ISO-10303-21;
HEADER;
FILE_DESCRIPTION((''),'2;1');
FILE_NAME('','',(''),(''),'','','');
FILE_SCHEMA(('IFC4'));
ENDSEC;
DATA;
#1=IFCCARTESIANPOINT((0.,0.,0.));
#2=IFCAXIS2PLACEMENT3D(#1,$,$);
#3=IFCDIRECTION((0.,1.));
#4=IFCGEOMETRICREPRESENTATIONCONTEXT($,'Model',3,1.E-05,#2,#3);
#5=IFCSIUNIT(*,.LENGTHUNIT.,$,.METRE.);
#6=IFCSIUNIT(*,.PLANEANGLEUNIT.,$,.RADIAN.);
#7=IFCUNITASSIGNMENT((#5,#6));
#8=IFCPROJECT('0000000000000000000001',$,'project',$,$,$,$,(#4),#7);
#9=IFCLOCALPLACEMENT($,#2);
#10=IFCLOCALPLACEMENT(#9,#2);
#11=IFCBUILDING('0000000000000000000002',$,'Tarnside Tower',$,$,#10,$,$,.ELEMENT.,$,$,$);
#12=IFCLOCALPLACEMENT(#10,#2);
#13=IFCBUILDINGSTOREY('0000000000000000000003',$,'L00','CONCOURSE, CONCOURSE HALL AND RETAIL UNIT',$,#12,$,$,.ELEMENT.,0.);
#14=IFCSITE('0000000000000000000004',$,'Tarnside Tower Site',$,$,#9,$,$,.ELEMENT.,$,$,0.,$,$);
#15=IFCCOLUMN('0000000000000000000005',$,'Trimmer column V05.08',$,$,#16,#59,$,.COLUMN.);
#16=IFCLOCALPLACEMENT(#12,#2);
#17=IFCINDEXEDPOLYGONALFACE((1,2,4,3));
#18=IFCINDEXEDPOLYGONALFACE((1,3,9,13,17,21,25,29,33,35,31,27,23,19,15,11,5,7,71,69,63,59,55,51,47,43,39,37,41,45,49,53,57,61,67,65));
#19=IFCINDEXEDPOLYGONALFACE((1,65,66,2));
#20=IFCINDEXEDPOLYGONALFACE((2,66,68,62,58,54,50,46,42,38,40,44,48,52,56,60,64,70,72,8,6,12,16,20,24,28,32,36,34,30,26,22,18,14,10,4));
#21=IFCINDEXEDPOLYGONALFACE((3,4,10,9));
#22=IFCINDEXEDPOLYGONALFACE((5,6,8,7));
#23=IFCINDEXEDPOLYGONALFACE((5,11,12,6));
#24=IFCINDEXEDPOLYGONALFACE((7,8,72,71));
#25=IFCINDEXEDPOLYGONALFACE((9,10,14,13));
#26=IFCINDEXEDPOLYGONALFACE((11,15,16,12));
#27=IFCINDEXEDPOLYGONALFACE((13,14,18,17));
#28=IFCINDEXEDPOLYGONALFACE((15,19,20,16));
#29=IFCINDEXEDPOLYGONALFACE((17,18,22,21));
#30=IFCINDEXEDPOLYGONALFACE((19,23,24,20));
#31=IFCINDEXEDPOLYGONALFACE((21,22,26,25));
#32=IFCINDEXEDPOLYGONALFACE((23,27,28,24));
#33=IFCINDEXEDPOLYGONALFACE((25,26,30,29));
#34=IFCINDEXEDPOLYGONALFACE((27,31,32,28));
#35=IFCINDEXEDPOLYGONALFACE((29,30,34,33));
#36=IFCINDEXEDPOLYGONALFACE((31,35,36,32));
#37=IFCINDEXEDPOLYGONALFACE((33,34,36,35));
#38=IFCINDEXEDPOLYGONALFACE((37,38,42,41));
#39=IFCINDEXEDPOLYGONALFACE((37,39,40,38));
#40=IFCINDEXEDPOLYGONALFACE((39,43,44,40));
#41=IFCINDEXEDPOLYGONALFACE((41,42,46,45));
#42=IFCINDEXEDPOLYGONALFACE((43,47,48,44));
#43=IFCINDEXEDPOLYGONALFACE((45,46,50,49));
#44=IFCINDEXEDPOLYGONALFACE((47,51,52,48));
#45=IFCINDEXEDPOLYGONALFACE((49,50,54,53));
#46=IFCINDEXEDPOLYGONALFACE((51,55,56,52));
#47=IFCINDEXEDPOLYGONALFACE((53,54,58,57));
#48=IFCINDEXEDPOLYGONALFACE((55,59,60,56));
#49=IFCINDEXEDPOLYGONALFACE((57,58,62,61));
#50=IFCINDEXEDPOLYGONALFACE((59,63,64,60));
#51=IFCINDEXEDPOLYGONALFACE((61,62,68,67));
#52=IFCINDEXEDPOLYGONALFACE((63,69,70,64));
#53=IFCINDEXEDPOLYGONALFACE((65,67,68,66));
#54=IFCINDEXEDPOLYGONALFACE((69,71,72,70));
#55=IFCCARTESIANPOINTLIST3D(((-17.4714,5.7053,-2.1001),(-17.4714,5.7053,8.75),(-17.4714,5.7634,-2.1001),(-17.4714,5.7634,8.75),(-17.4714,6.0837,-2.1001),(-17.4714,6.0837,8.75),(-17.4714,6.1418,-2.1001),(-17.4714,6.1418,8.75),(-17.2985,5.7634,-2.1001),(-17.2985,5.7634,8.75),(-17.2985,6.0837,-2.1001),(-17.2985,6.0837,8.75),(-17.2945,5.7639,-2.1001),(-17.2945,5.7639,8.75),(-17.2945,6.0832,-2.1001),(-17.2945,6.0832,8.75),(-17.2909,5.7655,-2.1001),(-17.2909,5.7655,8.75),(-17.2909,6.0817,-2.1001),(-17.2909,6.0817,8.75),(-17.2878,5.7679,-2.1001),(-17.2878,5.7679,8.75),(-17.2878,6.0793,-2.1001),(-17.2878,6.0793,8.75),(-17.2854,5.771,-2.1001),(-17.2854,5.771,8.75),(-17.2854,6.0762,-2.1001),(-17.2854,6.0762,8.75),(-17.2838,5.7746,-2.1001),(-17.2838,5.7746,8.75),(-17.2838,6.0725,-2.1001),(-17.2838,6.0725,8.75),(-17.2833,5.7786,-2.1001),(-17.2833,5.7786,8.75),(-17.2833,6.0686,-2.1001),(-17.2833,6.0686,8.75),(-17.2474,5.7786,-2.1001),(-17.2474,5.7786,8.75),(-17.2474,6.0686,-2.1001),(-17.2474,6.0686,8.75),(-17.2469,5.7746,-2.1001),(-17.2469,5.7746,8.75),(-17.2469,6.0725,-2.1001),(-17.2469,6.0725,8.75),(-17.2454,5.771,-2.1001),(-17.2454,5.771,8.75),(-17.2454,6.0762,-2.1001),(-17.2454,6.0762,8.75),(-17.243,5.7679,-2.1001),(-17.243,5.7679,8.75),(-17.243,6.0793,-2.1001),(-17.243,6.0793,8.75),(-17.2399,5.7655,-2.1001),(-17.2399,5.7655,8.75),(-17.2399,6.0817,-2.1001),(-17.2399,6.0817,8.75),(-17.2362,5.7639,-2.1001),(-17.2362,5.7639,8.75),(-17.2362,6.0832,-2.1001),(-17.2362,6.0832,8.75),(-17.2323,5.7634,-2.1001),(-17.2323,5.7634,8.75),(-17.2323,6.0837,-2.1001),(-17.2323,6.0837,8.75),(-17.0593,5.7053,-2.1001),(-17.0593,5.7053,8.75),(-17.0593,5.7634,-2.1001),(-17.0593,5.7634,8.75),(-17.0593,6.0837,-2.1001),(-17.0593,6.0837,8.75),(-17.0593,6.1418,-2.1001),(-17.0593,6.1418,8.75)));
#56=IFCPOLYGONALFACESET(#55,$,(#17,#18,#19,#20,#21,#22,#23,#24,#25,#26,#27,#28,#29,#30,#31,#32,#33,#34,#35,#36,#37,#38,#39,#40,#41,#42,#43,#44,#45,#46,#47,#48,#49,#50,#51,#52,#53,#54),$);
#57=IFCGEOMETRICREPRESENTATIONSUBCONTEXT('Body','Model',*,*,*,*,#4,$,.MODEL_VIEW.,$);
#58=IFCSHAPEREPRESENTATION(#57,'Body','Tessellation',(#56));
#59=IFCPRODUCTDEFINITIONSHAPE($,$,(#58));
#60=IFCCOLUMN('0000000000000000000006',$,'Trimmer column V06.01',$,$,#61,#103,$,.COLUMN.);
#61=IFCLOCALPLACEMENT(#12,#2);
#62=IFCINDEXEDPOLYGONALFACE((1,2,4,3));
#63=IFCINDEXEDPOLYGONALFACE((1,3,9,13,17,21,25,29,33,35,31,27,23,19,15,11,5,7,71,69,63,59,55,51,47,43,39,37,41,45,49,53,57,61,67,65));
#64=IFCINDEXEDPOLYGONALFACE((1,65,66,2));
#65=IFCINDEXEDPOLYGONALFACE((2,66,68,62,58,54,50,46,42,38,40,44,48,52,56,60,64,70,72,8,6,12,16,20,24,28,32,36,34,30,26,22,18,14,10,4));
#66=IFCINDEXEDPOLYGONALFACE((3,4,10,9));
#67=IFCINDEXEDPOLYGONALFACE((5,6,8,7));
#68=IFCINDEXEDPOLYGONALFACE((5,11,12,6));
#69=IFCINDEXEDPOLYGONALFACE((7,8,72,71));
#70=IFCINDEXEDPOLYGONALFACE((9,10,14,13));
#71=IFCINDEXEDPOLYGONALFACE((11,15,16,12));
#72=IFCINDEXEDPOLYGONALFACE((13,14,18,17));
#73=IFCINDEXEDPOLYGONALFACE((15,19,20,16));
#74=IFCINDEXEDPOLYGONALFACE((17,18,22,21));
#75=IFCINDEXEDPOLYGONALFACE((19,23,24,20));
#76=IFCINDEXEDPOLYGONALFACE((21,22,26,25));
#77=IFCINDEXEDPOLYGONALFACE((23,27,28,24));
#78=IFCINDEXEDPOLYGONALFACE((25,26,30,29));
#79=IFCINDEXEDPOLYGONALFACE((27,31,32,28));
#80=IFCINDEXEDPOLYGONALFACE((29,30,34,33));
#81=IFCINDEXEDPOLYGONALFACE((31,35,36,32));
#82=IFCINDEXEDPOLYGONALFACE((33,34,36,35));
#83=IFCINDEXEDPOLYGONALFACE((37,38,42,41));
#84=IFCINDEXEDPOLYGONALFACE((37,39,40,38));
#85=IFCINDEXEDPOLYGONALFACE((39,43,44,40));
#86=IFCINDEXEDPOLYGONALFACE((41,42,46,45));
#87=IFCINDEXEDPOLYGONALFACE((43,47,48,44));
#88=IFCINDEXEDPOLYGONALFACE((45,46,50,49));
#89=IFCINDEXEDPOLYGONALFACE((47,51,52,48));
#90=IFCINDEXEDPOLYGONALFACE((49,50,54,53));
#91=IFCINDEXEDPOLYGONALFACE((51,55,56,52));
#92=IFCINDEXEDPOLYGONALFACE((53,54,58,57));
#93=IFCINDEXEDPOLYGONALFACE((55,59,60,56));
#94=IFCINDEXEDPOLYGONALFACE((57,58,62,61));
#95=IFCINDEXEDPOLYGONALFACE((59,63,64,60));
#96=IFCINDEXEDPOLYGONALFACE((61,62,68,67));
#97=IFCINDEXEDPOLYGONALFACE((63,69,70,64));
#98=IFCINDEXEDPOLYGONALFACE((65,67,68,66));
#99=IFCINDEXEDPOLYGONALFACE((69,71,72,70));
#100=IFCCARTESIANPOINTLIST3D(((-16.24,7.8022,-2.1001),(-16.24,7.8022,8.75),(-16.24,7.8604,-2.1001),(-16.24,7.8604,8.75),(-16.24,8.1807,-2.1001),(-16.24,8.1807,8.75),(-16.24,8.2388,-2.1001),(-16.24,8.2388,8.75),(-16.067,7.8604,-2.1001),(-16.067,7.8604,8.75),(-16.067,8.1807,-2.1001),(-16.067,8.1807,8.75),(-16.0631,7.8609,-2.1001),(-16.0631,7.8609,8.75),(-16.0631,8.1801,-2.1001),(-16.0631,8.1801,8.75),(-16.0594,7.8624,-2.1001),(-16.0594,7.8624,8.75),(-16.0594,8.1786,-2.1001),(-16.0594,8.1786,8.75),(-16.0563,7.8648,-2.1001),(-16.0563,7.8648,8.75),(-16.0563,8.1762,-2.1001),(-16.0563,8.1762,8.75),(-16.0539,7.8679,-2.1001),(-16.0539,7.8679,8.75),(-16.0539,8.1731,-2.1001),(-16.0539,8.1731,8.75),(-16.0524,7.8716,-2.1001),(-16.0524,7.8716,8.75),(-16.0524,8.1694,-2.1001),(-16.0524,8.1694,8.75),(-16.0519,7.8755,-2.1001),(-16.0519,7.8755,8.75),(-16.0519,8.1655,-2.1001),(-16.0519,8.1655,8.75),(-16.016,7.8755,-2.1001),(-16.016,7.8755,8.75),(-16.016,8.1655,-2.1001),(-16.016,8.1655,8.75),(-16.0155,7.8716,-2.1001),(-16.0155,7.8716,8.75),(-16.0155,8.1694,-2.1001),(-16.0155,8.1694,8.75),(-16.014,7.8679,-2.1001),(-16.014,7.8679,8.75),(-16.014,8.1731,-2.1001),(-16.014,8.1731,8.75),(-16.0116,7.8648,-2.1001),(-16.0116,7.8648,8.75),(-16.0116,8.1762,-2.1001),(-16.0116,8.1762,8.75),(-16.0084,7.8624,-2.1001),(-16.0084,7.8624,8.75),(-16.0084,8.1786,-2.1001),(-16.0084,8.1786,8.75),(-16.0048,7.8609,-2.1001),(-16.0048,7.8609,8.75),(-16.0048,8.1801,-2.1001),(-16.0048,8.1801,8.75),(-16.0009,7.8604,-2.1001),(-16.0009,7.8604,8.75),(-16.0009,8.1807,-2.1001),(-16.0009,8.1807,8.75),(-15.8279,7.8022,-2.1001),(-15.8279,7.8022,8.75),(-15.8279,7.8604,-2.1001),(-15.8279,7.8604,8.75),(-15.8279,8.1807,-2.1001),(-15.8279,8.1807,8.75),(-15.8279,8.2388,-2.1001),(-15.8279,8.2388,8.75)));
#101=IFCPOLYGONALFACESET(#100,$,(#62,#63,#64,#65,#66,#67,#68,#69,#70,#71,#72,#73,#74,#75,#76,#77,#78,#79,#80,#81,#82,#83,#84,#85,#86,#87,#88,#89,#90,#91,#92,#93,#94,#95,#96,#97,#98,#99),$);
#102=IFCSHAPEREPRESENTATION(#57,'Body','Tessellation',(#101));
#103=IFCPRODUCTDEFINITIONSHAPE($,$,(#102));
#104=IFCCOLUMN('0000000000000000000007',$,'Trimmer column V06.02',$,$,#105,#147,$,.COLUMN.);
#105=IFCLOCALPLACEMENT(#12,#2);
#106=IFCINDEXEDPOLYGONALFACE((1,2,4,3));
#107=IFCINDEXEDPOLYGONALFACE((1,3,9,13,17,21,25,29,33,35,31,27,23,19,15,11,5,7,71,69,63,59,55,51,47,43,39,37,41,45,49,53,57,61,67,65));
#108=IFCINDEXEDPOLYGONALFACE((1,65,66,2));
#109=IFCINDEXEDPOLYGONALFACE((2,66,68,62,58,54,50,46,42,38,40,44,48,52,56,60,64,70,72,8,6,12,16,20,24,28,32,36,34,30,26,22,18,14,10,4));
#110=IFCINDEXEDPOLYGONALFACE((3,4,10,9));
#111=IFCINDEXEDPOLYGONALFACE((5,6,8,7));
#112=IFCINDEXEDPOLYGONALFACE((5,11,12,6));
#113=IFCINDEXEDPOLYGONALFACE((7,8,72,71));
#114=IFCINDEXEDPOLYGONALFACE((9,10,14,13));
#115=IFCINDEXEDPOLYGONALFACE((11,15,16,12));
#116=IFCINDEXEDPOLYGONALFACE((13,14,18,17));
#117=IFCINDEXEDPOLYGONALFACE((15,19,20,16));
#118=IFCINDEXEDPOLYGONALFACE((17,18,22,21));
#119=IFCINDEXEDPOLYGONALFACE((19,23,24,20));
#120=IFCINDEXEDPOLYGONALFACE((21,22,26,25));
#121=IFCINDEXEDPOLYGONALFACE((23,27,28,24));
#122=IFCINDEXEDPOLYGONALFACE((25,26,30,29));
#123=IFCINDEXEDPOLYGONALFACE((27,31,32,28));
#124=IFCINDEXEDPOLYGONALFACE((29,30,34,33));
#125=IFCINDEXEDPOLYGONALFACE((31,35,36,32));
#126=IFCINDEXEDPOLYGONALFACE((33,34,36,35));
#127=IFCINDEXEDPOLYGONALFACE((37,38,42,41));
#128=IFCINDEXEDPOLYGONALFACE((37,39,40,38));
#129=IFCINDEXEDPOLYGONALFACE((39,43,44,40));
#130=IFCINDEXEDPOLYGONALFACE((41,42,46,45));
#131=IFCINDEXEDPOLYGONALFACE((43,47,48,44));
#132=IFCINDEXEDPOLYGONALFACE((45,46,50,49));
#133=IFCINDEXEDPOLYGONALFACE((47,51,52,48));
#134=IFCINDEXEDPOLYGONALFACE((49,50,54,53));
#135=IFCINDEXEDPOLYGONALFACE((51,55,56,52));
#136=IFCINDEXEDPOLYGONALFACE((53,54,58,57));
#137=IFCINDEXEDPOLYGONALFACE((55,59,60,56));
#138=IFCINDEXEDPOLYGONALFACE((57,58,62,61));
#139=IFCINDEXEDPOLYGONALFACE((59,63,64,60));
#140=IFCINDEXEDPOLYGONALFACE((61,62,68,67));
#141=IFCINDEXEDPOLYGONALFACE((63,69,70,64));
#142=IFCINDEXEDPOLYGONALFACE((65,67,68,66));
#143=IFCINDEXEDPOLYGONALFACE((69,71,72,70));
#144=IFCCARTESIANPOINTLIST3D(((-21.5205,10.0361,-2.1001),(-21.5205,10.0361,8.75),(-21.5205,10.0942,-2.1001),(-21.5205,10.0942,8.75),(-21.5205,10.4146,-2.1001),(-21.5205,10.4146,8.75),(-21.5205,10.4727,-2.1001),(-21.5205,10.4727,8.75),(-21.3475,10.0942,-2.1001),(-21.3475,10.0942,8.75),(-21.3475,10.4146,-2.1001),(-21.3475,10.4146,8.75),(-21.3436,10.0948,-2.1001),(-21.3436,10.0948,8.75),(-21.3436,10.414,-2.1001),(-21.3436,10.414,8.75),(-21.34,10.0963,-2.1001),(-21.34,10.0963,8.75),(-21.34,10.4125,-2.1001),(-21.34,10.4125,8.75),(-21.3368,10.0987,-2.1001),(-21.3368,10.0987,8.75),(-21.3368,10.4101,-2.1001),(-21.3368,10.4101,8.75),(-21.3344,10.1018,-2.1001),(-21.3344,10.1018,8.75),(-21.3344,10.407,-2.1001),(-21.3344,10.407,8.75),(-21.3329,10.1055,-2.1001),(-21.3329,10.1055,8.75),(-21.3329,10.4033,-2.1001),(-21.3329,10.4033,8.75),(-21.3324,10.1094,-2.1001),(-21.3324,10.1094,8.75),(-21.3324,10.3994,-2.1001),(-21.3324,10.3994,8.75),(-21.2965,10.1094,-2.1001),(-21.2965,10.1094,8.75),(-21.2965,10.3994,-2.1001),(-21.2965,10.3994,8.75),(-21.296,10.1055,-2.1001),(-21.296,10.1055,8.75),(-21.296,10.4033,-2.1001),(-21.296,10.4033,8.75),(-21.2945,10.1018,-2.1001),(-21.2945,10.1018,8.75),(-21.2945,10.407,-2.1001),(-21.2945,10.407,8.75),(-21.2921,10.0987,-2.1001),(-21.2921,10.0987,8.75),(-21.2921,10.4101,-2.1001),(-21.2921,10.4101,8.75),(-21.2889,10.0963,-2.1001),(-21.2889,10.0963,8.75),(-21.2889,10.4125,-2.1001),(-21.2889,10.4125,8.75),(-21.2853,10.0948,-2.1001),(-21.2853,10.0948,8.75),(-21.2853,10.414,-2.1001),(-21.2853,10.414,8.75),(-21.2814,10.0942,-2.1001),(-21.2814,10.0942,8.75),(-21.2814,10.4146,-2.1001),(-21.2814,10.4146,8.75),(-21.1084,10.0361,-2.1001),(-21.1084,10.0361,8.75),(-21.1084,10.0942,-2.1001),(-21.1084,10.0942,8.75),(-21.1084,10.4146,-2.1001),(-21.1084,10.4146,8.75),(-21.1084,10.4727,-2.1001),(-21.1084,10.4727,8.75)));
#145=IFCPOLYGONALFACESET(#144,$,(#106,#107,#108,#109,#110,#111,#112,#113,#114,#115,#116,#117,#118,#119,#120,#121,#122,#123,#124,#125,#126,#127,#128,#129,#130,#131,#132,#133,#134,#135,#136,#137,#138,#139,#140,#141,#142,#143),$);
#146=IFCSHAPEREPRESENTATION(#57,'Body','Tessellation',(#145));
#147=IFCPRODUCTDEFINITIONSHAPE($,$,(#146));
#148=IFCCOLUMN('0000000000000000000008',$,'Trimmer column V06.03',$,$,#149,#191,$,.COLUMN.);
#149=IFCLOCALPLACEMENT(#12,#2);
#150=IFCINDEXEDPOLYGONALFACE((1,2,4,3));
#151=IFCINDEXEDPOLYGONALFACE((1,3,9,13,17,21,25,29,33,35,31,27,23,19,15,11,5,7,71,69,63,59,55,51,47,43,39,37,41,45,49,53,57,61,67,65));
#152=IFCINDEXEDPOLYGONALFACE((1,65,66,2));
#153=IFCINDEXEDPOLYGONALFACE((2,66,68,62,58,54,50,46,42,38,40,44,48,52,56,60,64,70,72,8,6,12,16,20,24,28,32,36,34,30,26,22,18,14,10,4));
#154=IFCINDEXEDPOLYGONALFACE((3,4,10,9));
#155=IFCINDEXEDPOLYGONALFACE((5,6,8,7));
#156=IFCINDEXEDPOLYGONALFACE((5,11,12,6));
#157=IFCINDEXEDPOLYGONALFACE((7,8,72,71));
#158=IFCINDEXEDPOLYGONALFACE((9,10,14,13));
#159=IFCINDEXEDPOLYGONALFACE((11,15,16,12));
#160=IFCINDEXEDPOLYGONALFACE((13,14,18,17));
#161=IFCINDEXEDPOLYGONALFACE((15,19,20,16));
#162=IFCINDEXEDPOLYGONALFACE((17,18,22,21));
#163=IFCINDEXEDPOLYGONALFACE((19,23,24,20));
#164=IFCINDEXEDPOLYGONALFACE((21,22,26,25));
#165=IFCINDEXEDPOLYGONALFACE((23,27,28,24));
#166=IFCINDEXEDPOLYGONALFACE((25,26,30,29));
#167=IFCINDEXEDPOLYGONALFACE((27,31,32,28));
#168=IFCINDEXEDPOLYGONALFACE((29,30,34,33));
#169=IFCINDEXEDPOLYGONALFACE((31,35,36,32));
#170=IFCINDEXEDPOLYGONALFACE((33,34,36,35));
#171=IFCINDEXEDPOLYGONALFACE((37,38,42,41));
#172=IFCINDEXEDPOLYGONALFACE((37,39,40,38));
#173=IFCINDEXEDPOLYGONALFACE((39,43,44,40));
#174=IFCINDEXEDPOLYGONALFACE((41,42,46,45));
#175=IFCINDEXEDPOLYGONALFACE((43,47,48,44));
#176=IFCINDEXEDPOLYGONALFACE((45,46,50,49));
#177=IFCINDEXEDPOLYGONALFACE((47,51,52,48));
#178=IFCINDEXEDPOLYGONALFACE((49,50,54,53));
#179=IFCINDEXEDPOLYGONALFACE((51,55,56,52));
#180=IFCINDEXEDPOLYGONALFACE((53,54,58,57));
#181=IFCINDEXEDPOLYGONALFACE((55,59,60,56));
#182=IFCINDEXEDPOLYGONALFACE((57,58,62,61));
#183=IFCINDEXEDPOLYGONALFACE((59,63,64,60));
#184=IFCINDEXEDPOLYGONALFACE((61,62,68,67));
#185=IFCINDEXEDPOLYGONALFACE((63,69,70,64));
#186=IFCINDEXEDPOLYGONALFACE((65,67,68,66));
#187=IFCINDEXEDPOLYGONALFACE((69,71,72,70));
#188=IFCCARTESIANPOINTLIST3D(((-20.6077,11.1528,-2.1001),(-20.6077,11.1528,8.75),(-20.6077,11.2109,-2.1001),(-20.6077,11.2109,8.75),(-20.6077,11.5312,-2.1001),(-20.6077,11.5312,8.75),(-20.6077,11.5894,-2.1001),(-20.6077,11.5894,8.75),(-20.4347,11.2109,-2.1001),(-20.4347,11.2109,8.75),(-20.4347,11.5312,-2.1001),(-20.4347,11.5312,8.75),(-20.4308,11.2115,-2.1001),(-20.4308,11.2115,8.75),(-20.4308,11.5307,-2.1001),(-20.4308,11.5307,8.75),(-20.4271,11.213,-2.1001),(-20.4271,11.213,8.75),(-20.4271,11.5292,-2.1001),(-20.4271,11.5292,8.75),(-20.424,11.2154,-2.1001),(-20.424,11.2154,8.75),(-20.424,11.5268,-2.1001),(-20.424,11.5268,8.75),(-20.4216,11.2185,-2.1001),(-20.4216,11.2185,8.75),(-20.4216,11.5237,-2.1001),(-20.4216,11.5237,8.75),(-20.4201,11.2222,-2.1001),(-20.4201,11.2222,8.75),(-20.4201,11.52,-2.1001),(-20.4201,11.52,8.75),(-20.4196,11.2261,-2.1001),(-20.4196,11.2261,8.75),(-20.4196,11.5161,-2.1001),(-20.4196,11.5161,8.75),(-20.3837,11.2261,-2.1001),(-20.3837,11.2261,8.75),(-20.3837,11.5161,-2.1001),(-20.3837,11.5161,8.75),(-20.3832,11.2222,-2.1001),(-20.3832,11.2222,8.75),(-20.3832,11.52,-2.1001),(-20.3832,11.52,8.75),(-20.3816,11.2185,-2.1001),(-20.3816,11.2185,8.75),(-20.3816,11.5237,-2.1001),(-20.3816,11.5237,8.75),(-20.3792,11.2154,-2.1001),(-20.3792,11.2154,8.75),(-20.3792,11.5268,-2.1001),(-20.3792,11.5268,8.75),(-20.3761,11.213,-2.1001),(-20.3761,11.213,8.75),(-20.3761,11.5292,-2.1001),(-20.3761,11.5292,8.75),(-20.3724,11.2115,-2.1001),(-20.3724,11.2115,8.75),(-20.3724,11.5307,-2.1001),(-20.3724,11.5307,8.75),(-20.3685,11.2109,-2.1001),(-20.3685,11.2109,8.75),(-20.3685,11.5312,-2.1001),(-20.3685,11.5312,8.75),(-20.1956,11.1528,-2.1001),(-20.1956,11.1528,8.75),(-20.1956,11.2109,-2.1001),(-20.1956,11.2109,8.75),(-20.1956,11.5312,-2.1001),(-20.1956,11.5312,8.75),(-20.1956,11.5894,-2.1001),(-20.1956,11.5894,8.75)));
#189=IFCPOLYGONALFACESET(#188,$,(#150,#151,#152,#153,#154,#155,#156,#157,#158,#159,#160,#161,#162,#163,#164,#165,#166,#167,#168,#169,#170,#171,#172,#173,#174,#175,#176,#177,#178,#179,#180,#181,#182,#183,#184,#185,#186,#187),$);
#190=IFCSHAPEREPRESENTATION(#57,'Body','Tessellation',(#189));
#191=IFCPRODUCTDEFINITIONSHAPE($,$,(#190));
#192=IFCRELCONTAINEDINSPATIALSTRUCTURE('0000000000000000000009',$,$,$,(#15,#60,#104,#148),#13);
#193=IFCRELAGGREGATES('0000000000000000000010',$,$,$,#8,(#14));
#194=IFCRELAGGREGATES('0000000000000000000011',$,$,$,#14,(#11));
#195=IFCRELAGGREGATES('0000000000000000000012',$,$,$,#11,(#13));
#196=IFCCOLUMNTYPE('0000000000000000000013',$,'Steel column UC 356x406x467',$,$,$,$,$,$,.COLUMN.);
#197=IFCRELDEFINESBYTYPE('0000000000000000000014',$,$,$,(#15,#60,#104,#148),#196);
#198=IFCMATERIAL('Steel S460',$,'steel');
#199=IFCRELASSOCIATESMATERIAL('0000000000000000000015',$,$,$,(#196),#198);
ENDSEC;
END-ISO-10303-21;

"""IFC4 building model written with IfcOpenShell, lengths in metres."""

from ifc_helpers import new_model, si_unit, direction, frame, origin, origin_2d, place, context, subcontext, project, spatial, i_section, extrude, material, material_profile, profile_set, type_object, element, save


model = new_model("IFC4")

# Units and contexts
model_context = context("Model", 3, precision=1e-05, world=origin(), true_north=direction((0.0, 1.0)))
body_context = subcontext(model_context, "Body", "Model", "MODEL_VIEW")
ifc_project = project(units=[si_unit("LENGTHUNIT", "METRE"), si_unit("PLANEANGLEUNIT", "RADIAN")], contexts=[model_context])

# Site, building, storey
site_placement = place(None, origin())
site = spatial("IfcSite", under=ifc_project, at=site_placement, Name="Tarnside Tower Site", CompositionType="ELEMENT", RefElevation=0.0)
building_placement = place(site_placement, origin())
building = spatial("IfcBuilding", under=site, at=building_placement, Name="Tarnside Tower", CompositionType="ELEMENT")
storey_placement = place(building_placement, origin())
storey = spatial("IfcBuildingStorey", under=building, at=storey_placement, Name="L00", Description="CONCOURSE, CONCOURSE HALL AND RETAIL UNIT", CompositionType="ELEMENT", Elevation=0.0)

# Columns
ifc_material_1 = material(Name="Steel S460", Category="steel")
ifc_material_profile_1 = material_profile(ifc_material_1, i_section(OverallWidth=0.4121, OverallDepth=0.4365, WebThickness=0.0359, FlangeThickness=0.0581, FilletRadius=0.0151, at=origin_2d()), Name="UC 356x406x467")
ifc_profile_set_1 = profile_set([ifc_material_profile_1], Name="Steel S460")
column_type_1 = type_object("IfcColumnType", Name="Steel column UC 356x406x467", PredefinedType="COLUMN", material=ifc_profile_set_1)
for number, where, z_axis, x_axis, name in (
    (1, (-17.2654, 5.9236, -2.1001), (0.0, 0.0, 1.0), (1.0, 0.0, 0.0), "Trimmer column V05.08"),
    (2, (-16.0339, 8.0205, -2.1001), (0.0, 0.0, 1.0), (1.0, 0.0, 0.0), "Trimmer column V06.01"),
    (3, (-21.3145, 10.2544, -2.1001), (0.0, 0.0, 1.0), (1.0, 0.0, 0.0), "Trimmer column V06.02"),
    (4, (-20.4016, 11.3711, -2.1001), (0.0, 0.0, 1.0), (1.0, 0.0, 0.0), "Trimmer column V06.03"),
):
    element("IfcColumn", number, at=place(storey_placement, frame(where, z_axis=z_axis, x_axis=x_axis)), inside=storey, type_object=column_type_1, Name=name, PredefinedType="COLUMN", context=body_context, shape_type="SweptSolid", body=[
        extrude(i_section(OverallWidth=0.4121, OverallDepth=0.4365, WebThickness=0.0359, FlangeThickness=0.0581, FilletRadius=0.0151, at=origin_2d()), origin(), (0.0, 0.0, 1.0), 10.8501),
    ])

save(model, "model.ifc")
